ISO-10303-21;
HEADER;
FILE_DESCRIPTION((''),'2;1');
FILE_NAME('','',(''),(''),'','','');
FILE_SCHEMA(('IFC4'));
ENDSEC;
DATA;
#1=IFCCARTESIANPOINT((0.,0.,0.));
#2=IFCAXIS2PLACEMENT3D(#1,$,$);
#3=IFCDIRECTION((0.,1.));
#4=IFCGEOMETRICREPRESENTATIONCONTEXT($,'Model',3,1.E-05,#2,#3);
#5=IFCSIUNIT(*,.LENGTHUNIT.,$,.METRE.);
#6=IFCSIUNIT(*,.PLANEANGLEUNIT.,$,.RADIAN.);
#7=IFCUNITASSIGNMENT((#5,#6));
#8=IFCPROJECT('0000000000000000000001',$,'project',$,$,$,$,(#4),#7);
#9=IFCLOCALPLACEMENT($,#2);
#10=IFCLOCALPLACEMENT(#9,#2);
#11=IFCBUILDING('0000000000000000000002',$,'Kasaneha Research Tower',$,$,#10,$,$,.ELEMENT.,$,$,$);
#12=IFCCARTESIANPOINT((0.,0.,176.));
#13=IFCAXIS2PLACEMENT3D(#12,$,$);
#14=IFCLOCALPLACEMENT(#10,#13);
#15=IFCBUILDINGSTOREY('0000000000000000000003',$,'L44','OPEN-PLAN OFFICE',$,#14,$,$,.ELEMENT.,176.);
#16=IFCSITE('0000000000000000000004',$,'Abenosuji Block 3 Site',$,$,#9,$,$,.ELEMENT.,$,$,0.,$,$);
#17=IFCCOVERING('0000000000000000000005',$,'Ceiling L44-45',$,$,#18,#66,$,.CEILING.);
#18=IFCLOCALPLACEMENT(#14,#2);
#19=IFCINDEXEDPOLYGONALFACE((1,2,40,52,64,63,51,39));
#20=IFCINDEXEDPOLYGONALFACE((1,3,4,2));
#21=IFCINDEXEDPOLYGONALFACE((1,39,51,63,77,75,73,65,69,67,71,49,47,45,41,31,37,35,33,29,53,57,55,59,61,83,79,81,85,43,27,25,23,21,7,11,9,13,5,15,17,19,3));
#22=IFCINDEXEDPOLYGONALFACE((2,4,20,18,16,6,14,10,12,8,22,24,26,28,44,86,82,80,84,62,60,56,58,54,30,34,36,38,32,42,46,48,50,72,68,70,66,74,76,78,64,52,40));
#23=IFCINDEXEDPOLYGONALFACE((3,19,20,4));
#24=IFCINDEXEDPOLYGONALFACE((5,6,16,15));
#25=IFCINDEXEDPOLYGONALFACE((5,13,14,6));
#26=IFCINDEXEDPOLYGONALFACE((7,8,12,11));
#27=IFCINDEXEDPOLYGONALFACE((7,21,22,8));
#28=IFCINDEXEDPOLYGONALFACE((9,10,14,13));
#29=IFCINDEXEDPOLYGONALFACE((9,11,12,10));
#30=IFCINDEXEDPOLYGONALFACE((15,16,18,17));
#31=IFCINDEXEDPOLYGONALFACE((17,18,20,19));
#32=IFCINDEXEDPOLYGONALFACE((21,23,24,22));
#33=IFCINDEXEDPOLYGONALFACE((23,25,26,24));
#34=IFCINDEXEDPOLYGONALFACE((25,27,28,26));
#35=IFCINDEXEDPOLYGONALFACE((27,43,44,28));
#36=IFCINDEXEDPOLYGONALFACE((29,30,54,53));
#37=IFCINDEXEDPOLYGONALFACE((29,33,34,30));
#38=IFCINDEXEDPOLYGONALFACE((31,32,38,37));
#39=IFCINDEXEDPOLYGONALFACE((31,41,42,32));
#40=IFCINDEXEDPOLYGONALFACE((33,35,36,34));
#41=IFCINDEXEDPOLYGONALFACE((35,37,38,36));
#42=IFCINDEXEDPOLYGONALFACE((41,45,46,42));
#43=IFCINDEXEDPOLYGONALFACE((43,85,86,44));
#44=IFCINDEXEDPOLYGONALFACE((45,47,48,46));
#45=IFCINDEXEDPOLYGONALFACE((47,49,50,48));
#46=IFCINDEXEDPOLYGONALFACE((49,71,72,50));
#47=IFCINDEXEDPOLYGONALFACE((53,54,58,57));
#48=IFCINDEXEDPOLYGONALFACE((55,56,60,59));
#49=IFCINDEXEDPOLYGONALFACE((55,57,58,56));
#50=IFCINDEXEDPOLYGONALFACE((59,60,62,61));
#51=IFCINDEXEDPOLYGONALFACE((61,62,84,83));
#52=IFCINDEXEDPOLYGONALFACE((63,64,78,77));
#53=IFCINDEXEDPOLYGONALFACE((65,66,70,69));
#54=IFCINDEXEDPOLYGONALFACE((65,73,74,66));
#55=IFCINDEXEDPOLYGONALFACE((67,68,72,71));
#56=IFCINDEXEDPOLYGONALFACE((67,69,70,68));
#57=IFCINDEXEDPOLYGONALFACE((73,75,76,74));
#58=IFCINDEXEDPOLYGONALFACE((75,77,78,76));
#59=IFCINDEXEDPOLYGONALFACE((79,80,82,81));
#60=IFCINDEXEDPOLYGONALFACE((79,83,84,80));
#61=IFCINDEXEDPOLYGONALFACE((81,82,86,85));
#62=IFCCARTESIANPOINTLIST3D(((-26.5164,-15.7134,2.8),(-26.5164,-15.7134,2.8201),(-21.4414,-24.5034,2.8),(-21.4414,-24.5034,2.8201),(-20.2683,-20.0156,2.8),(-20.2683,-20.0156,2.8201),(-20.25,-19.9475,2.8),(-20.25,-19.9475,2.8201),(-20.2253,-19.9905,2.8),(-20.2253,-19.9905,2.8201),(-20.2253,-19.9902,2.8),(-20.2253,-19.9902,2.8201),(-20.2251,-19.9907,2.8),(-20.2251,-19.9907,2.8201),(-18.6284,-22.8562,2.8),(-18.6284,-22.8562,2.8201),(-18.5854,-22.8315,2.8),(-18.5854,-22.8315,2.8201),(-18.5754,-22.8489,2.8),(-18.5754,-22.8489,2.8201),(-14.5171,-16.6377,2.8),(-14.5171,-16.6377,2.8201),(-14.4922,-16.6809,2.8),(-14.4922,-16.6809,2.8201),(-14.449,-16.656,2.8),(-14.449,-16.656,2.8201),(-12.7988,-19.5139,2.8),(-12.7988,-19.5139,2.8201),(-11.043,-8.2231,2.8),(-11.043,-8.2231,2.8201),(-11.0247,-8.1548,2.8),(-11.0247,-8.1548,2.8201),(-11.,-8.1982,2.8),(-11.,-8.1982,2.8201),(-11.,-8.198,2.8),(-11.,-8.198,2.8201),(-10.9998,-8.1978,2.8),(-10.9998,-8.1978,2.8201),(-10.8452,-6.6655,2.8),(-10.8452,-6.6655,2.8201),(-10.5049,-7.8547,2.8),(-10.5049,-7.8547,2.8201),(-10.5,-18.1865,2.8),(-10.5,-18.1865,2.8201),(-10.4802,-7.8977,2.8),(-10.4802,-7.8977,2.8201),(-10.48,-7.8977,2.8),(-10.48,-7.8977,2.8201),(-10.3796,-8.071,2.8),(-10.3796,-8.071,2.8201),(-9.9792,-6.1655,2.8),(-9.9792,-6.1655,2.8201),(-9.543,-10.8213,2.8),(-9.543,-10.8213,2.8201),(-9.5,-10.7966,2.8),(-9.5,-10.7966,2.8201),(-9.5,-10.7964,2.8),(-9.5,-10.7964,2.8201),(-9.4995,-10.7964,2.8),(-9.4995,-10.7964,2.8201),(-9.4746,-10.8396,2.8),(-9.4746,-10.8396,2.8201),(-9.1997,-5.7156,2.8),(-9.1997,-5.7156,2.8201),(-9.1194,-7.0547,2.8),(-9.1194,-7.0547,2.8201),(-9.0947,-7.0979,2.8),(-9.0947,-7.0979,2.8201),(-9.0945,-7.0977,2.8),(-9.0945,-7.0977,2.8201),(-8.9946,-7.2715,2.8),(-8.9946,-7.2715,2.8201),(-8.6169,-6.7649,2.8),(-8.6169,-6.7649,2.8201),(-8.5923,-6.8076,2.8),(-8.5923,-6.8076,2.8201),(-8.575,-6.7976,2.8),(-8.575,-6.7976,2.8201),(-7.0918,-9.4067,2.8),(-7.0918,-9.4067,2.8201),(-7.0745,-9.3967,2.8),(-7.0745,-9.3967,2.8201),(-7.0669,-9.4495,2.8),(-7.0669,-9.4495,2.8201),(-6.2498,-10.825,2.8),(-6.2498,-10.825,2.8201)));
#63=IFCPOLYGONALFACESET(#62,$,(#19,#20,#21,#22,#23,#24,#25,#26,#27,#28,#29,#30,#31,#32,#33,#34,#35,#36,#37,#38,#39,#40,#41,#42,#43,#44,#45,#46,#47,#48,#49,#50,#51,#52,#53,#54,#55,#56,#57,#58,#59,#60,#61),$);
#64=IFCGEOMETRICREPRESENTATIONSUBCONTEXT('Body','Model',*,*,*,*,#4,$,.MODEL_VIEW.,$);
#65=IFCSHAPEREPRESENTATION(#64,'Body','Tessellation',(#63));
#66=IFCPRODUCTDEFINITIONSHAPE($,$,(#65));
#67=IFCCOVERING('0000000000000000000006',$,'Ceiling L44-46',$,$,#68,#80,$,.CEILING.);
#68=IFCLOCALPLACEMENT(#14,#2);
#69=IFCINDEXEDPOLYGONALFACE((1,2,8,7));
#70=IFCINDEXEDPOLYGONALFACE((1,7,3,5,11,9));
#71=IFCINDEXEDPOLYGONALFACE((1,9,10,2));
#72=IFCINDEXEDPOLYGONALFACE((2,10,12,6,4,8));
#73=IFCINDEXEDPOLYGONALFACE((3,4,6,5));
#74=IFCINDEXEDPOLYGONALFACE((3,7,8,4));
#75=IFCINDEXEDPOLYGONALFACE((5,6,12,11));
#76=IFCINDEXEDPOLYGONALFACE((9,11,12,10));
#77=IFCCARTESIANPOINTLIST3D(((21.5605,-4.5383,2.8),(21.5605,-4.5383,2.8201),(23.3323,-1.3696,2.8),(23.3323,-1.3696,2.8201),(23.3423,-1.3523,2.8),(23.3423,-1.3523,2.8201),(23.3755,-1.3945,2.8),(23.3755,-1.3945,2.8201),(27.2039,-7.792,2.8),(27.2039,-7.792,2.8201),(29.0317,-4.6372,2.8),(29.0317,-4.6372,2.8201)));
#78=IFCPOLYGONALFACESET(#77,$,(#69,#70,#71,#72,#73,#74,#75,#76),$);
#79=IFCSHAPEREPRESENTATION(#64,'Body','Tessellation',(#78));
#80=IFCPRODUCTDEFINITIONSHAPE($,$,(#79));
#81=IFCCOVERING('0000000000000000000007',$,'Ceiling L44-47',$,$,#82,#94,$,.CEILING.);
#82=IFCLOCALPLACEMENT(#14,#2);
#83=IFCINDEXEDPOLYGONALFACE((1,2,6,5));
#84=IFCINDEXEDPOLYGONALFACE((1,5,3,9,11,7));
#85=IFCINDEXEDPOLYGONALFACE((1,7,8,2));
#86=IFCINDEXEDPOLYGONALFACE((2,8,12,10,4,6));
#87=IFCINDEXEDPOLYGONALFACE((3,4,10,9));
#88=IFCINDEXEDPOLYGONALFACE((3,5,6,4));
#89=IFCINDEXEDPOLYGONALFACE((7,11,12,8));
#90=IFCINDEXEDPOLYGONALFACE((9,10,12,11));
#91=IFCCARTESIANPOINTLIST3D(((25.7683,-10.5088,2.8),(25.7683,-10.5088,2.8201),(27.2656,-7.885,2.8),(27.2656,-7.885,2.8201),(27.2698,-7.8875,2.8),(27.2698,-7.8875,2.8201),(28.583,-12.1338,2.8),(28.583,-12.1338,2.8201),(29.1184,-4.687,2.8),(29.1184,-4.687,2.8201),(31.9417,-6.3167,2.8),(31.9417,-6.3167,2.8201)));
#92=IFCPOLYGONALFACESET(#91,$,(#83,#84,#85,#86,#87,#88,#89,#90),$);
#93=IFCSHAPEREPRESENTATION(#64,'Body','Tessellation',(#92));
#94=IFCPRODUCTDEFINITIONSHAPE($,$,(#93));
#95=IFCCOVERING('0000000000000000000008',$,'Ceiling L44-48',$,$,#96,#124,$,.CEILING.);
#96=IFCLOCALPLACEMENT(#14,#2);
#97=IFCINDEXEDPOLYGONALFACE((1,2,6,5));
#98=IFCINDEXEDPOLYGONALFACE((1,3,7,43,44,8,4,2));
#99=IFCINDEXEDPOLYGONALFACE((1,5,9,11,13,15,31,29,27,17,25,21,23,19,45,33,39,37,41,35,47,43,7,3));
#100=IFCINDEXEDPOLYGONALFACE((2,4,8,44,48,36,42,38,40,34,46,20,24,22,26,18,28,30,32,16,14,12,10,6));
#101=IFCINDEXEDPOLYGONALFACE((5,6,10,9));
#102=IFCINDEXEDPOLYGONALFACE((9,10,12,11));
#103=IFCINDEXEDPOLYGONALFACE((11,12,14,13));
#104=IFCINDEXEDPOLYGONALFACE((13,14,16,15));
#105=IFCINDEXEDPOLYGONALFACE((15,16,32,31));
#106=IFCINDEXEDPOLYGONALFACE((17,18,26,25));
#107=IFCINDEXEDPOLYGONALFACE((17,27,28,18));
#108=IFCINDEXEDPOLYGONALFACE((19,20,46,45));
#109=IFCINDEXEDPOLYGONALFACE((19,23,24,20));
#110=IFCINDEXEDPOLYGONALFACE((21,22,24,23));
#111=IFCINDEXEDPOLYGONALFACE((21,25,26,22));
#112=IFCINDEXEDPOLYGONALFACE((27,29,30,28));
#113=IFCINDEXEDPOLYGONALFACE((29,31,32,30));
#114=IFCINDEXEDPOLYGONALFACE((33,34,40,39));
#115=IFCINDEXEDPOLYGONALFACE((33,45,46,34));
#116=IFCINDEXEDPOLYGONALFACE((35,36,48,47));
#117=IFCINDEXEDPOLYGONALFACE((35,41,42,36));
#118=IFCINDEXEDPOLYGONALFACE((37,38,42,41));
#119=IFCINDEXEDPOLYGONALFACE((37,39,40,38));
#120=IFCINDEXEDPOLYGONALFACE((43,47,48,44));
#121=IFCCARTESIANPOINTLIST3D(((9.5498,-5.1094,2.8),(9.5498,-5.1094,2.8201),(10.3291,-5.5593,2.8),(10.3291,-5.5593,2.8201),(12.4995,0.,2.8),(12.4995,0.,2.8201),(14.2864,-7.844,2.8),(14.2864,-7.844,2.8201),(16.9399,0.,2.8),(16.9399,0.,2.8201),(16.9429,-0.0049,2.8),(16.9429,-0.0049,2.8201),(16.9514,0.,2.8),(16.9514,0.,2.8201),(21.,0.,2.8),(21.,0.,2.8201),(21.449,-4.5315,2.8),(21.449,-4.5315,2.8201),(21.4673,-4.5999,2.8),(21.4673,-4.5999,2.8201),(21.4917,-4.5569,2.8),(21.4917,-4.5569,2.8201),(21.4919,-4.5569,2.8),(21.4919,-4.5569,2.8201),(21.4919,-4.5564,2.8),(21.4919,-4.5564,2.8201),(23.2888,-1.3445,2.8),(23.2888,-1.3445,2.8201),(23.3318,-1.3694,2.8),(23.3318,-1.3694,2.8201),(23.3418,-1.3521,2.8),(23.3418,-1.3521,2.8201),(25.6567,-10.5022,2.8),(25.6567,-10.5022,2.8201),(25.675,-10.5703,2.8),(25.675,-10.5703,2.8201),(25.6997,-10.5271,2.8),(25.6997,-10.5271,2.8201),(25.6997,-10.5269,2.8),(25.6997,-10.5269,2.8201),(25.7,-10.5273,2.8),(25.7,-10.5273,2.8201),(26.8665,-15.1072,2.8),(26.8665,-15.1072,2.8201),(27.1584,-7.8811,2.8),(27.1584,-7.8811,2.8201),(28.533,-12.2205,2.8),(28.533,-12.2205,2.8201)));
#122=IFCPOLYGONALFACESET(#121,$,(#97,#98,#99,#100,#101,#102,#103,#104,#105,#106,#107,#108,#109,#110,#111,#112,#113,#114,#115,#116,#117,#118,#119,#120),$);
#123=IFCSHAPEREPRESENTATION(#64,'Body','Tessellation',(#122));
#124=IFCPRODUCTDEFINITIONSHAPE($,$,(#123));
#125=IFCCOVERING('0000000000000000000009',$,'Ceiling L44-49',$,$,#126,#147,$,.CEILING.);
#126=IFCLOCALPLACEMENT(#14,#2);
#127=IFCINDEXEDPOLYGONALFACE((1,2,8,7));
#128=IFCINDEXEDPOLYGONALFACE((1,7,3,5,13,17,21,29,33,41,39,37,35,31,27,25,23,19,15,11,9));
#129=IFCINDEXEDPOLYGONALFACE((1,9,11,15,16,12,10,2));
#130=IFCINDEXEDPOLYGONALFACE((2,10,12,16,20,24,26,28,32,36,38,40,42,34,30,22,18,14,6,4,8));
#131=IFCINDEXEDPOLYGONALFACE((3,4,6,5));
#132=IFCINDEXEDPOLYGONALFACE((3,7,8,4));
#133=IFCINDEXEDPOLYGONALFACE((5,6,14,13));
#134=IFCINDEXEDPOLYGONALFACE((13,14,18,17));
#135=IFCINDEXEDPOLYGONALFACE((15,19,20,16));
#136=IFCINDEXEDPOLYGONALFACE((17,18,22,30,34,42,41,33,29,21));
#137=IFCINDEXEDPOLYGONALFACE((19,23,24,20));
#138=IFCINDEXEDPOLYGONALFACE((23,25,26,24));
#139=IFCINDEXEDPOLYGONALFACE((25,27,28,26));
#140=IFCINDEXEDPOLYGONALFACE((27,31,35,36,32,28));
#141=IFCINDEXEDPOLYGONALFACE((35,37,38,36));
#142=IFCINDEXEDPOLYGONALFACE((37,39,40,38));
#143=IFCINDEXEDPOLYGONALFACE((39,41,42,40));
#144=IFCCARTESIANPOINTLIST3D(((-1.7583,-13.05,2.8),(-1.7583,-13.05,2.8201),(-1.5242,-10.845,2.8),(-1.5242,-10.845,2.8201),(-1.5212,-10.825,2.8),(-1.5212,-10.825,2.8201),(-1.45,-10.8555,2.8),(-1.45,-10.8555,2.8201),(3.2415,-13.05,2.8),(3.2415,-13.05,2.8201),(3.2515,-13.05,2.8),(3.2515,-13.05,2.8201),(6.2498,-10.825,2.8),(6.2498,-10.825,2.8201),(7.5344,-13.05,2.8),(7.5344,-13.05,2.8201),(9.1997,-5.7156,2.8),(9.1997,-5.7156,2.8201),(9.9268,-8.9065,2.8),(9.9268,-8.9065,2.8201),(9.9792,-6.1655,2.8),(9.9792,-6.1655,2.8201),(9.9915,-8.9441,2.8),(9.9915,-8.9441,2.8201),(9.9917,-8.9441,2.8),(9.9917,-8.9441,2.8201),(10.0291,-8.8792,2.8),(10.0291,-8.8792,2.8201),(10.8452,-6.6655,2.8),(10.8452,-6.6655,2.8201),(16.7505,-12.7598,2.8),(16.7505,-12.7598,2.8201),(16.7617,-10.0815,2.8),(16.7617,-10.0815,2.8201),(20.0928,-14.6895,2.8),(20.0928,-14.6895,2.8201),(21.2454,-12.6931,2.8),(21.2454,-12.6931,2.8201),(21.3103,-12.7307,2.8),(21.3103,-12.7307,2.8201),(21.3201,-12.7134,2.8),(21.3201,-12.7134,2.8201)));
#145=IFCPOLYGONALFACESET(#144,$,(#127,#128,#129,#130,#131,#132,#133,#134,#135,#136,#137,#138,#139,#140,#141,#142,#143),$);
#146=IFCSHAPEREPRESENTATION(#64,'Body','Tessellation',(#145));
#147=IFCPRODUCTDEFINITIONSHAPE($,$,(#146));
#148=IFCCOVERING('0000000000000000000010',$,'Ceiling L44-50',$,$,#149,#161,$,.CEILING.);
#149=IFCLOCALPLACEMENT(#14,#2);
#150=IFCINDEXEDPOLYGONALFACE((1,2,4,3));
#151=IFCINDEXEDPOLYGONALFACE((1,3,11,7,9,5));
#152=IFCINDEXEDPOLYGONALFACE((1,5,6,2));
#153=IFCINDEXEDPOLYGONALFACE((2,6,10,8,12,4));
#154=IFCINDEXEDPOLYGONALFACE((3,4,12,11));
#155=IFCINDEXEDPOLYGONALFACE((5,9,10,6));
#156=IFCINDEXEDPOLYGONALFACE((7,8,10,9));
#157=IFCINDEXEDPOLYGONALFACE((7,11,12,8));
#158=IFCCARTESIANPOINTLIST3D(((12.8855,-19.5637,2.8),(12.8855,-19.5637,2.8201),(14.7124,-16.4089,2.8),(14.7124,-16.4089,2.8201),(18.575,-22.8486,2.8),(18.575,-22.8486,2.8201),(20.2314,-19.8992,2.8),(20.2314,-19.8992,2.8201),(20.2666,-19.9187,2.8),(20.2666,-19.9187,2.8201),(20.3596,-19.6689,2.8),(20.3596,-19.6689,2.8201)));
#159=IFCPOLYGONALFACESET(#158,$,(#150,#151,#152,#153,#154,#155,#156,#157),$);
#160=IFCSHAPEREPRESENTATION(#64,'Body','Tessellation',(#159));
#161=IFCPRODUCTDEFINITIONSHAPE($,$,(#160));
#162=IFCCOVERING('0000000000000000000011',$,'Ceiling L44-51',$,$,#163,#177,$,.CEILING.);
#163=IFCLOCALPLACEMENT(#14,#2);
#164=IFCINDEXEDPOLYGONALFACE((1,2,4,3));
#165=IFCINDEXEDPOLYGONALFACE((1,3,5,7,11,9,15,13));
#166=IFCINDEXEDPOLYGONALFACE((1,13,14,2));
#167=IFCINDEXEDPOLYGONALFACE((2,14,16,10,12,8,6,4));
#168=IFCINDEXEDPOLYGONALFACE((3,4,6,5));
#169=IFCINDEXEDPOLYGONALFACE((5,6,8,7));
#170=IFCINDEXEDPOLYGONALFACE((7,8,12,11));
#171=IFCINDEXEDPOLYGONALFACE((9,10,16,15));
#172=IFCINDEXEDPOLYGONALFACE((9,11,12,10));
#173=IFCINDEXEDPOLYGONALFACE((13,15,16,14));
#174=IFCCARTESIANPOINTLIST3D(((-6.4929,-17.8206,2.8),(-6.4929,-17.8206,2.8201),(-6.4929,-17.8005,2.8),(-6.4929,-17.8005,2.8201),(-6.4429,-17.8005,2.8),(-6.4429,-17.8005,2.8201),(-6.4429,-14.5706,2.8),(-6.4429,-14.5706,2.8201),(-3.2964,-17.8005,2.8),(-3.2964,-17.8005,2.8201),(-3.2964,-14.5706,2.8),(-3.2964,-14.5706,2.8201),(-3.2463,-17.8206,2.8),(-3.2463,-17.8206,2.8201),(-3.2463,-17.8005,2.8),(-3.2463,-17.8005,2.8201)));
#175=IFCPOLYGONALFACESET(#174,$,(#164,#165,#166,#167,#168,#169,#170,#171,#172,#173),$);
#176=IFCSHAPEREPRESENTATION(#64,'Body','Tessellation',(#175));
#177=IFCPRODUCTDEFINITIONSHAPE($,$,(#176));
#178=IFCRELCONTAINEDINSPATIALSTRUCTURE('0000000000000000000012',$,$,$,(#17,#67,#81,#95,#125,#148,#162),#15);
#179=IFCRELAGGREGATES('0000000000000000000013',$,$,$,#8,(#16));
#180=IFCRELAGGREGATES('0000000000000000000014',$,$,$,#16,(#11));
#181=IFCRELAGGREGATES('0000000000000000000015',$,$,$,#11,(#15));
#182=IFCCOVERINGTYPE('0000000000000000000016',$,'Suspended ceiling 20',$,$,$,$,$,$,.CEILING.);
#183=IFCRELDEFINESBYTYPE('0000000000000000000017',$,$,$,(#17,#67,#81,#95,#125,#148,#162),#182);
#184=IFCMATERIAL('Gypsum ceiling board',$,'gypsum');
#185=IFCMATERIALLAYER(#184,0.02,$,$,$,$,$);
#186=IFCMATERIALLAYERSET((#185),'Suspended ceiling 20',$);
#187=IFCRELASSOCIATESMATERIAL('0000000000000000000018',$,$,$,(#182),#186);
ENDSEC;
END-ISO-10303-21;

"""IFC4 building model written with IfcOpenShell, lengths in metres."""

from ifc_helpers import new_model, si_unit, direction, frame, origin, place, context, subcontext, project, spatial, polyline, outline, extrude, material, layer, layer_set, type_object, element, save


model = new_model("IFC4")

# Units and contexts
model_context = context("Model", 3, precision=1e-05, world=origin(), true_north=direction((0.0, 1.0)))
body_context = subcontext(model_context, "Body", "Model", "MODEL_VIEW")
ifc_project = project(units=[si_unit("LENGTHUNIT", "METRE"), si_unit("PLANEANGLEUNIT", "RADIAN")], contexts=[model_context])

# Site, building, storey
site_placement = place(None, origin())
site = spatial("IfcSite", under=ifc_project, at=site_placement, Name="Abenosuji Block 3 Site", CompositionType="ELEMENT", RefElevation=0.0)
building_placement = place(site_placement, origin())
building = spatial("IfcBuilding", under=site, at=building_placement, Name="Kasaneha Research Tower", CompositionType="ELEMENT")
storey_placement = place(building_placement, frame((0.0, 0.0, 176.0)))
storey = spatial("IfcBuildingStorey", under=building, at=storey_placement, Name="L44", Description="OPEN-PLAN OFFICE", CompositionType="ELEMENT", Elevation=176.0)

# Coverings
ifc_material_1 = material(Name="Gypsum ceiling board", Category="gypsum")
ifc_layer_1 = layer(ifc_material_1, 0.02)
ifc_layer_set_1 = layer_set([ifc_layer_1], Name="Suspended ceiling 20")
covering_type_1 = type_object("IfcCoveringType", Name="Suspended ceiling 20", PredefinedType="CEILING", material=ifc_layer_set_1)
covering_1_placement = place(storey_placement, frame((0.0, 0.0, 2.8)))
element("IfcCovering", 1, at=covering_1_placement, inside=storey, type_object=covering_type_1, Name="Ceiling L44-45", PredefinedType="CEILING", context=body_context, shape_type="SweptSolid", body=[
    extrude(outline(polyline([(-9.9792, -6.1655), (-9.9792, -6.1655), (-9.1997, -5.7156), (-8.575, -6.7976), (-8.5923, -6.8076), (-8.6169, -6.7649), (-9.1194, -7.0547), (-9.0945, -7.0977), (-9.0947, -7.0979), (-8.9946, -7.2715), (-10.3796, -8.071), (-10.48, -7.8977), (-10.4802, -7.8977), (-10.5049, -7.8547), (-11.0247, -8.1548), (-10.9998, -8.1978), (-11.0, -8.198), (-11.0, -8.1982), (-11.043, -8.2231), (-9.543, -10.8213), (-9.5, -10.7964), (-9.5, -10.7966), (-9.4995, -10.7964), (-9.4746, -10.8396), (-7.0669, -9.4495), (-7.0918, -9.4067), (-7.0745, -9.3967), (-6.2498, -10.825), (-10.5, -18.1865), (-12.7988, -19.5139), (-14.449, -16.656), (-14.4922, -16.6809), (-14.5171, -16.6377), (-20.25, -19.9475), (-20.2253, -19.9902), (-20.2253, -19.9905), (-20.2251, -19.9907), (-20.2683, -20.0156), (-18.6284, -22.8562), (-18.5854, -22.8315), (-18.5754, -22.8489), (-21.4414, -24.5034), (-26.5164, -15.7134), (-10.8452, -6.6655), (-10.8452, -6.6655), (-9.9792, -6.1655)])), origin(), (0.0, 0.0, 1.0), 0.02),
])
covering_2_placement = place(storey_placement, frame((0.0, 0.0, 2.8)))
element("IfcCovering", 2, at=covering_2_placement, inside=storey, type_object=covering_type_1, Name="Ceiling L44-46", PredefinedType="CEILING", context=body_context, shape_type="SweptSolid", body=[
    extrude(outline(polyline([(29.0317, -4.6372), (27.2039, -7.792), (21.5605, -4.5383), (23.3755, -1.3945), (23.3323, -1.3696), (23.3423, -1.3523), (29.0317, -4.6372)])), origin(), (0.0, 0.0, 1.0), 0.02),
])
covering_3_placement = place(storey_placement, frame((0.0, 0.0, 2.8)))
element("IfcCovering", 3, at=covering_3_placement, inside=storey, type_object=covering_type_1, Name="Ceiling L44-47", PredefinedType="CEILING", context=body_context, shape_type="SweptSolid", body=[
    extrude(outline(polyline([(31.9417, -6.3167), (28.583, -12.1338), (25.7683, -10.5088), (27.2698, -7.8875), (27.2656, -7.885), (29.1184, -4.687), (31.9417, -6.3167)])), origin(), (0.0, 0.0, 1.0), 0.02),
])
covering_4_placement = place(storey_placement, frame((0.0, 0.0, 2.8)))
element("IfcCovering", 4, at=covering_4_placement, inside=storey, type_object=covering_type_1, Name="Ceiling L44-48", PredefinedType="CEILING", context=body_context, shape_type="SweptSolid", body=[
    extrude(outline(polyline([(9.5498, -5.1094), (12.4995, 0.0), (16.9399, 0.0), (16.9429, -0.0049), (16.9514, 0.0), (21.0, 0.0), (23.3418, -1.3521), (23.3318, -1.3694), (23.2888, -1.3445), (21.449, -4.5315), (21.4919, -4.5564), (21.4917, -4.5569), (21.4919, -4.5569), (21.4673, -4.5999), (27.1584, -7.8811), (25.6567, -10.5022), (25.6997, -10.5269), (25.6997, -10.5271), (25.7, -10.5273), (25.675, -10.5703), (28.533, -12.2205), (26.8665, -15.1072), (14.2864, -7.844), (10.3291, -5.5593), (10.3291, -5.5593), (9.5498, -5.1094)])), origin(), (0.0, 0.0, 1.0), 0.02),
])
covering_5_placement = place(storey_placement, frame((0.0, 0.0, 2.8)))
element("IfcCovering", 5, at=covering_5_placement, inside=storey, type_object=covering_type_1, Name="Ceiling L44-49", PredefinedType="CEILING", context=body_context, shape_type="SweptSolid", body=[
    extrude(outline(polyline([(9.9915, -8.9441), (9.9268, -8.9065), (7.5344, -13.05), (3.2515, -13.05), (3.2415, -13.05), (-1.7583, -13.05), (-1.45, -10.8555), (-1.5242, -10.845), (-1.5212, -10.825), (6.2498, -10.825), (9.1997, -5.7156), (9.9792, -6.1655), (9.9792, -6.1655), (10.8452, -6.6655), (10.8452, -6.6655), (16.7617, -10.0815), (21.3201, -12.7134), (21.3103, -12.7307), (21.2454, -12.6931), (20.0928, -14.6895), (16.7505, -12.7598), (16.7505, -12.7598), (10.0291, -8.8792), (9.9917, -8.9441), (9.9917, -8.9441), (9.9915, -8.9441)])), origin(), (0.0, 0.0, 1.0), 0.02),
])
covering_6_placement = place(storey_placement, frame((0.0, 0.0, 2.8)))
element("IfcCovering", 6, at=covering_6_placement, inside=storey, type_object=covering_type_1, Name="Ceiling L44-50", PredefinedType="CEILING", context=body_context, shape_type="SweptSolid", body=[
    extrude(outline(polyline([(18.575, -22.8486), (12.8855, -19.5637), (14.7124, -16.4089), (20.3596, -19.6689), (20.2314, -19.8992), (20.2666, -19.9187), (18.575, -22.8486)])), origin(), (0.0, 0.0, 1.0), 0.02),
])
covering_7_placement = place(storey_placement, frame((0.0, 0.0, 2.8)))
element("IfcCovering", 7, at=covering_7_placement, inside=storey, type_object=covering_type_1, Name="Ceiling L44-51", PredefinedType="CEILING", context=body_context, shape_type="SweptSolid", body=[
    extrude(outline(polyline([(-6.4929, -17.8206), (-6.4929, -17.8005), (-6.4429, -17.8005), (-6.4429, -14.5706), (-3.2964, -14.5706), (-3.2964, -17.8005), (-3.2463, -17.8005), (-3.2463, -17.8206), (-6.4929, -17.8206)])), origin(), (0.0, 0.0, 1.0), 0.02),
])

save(model, "model.ifc")
